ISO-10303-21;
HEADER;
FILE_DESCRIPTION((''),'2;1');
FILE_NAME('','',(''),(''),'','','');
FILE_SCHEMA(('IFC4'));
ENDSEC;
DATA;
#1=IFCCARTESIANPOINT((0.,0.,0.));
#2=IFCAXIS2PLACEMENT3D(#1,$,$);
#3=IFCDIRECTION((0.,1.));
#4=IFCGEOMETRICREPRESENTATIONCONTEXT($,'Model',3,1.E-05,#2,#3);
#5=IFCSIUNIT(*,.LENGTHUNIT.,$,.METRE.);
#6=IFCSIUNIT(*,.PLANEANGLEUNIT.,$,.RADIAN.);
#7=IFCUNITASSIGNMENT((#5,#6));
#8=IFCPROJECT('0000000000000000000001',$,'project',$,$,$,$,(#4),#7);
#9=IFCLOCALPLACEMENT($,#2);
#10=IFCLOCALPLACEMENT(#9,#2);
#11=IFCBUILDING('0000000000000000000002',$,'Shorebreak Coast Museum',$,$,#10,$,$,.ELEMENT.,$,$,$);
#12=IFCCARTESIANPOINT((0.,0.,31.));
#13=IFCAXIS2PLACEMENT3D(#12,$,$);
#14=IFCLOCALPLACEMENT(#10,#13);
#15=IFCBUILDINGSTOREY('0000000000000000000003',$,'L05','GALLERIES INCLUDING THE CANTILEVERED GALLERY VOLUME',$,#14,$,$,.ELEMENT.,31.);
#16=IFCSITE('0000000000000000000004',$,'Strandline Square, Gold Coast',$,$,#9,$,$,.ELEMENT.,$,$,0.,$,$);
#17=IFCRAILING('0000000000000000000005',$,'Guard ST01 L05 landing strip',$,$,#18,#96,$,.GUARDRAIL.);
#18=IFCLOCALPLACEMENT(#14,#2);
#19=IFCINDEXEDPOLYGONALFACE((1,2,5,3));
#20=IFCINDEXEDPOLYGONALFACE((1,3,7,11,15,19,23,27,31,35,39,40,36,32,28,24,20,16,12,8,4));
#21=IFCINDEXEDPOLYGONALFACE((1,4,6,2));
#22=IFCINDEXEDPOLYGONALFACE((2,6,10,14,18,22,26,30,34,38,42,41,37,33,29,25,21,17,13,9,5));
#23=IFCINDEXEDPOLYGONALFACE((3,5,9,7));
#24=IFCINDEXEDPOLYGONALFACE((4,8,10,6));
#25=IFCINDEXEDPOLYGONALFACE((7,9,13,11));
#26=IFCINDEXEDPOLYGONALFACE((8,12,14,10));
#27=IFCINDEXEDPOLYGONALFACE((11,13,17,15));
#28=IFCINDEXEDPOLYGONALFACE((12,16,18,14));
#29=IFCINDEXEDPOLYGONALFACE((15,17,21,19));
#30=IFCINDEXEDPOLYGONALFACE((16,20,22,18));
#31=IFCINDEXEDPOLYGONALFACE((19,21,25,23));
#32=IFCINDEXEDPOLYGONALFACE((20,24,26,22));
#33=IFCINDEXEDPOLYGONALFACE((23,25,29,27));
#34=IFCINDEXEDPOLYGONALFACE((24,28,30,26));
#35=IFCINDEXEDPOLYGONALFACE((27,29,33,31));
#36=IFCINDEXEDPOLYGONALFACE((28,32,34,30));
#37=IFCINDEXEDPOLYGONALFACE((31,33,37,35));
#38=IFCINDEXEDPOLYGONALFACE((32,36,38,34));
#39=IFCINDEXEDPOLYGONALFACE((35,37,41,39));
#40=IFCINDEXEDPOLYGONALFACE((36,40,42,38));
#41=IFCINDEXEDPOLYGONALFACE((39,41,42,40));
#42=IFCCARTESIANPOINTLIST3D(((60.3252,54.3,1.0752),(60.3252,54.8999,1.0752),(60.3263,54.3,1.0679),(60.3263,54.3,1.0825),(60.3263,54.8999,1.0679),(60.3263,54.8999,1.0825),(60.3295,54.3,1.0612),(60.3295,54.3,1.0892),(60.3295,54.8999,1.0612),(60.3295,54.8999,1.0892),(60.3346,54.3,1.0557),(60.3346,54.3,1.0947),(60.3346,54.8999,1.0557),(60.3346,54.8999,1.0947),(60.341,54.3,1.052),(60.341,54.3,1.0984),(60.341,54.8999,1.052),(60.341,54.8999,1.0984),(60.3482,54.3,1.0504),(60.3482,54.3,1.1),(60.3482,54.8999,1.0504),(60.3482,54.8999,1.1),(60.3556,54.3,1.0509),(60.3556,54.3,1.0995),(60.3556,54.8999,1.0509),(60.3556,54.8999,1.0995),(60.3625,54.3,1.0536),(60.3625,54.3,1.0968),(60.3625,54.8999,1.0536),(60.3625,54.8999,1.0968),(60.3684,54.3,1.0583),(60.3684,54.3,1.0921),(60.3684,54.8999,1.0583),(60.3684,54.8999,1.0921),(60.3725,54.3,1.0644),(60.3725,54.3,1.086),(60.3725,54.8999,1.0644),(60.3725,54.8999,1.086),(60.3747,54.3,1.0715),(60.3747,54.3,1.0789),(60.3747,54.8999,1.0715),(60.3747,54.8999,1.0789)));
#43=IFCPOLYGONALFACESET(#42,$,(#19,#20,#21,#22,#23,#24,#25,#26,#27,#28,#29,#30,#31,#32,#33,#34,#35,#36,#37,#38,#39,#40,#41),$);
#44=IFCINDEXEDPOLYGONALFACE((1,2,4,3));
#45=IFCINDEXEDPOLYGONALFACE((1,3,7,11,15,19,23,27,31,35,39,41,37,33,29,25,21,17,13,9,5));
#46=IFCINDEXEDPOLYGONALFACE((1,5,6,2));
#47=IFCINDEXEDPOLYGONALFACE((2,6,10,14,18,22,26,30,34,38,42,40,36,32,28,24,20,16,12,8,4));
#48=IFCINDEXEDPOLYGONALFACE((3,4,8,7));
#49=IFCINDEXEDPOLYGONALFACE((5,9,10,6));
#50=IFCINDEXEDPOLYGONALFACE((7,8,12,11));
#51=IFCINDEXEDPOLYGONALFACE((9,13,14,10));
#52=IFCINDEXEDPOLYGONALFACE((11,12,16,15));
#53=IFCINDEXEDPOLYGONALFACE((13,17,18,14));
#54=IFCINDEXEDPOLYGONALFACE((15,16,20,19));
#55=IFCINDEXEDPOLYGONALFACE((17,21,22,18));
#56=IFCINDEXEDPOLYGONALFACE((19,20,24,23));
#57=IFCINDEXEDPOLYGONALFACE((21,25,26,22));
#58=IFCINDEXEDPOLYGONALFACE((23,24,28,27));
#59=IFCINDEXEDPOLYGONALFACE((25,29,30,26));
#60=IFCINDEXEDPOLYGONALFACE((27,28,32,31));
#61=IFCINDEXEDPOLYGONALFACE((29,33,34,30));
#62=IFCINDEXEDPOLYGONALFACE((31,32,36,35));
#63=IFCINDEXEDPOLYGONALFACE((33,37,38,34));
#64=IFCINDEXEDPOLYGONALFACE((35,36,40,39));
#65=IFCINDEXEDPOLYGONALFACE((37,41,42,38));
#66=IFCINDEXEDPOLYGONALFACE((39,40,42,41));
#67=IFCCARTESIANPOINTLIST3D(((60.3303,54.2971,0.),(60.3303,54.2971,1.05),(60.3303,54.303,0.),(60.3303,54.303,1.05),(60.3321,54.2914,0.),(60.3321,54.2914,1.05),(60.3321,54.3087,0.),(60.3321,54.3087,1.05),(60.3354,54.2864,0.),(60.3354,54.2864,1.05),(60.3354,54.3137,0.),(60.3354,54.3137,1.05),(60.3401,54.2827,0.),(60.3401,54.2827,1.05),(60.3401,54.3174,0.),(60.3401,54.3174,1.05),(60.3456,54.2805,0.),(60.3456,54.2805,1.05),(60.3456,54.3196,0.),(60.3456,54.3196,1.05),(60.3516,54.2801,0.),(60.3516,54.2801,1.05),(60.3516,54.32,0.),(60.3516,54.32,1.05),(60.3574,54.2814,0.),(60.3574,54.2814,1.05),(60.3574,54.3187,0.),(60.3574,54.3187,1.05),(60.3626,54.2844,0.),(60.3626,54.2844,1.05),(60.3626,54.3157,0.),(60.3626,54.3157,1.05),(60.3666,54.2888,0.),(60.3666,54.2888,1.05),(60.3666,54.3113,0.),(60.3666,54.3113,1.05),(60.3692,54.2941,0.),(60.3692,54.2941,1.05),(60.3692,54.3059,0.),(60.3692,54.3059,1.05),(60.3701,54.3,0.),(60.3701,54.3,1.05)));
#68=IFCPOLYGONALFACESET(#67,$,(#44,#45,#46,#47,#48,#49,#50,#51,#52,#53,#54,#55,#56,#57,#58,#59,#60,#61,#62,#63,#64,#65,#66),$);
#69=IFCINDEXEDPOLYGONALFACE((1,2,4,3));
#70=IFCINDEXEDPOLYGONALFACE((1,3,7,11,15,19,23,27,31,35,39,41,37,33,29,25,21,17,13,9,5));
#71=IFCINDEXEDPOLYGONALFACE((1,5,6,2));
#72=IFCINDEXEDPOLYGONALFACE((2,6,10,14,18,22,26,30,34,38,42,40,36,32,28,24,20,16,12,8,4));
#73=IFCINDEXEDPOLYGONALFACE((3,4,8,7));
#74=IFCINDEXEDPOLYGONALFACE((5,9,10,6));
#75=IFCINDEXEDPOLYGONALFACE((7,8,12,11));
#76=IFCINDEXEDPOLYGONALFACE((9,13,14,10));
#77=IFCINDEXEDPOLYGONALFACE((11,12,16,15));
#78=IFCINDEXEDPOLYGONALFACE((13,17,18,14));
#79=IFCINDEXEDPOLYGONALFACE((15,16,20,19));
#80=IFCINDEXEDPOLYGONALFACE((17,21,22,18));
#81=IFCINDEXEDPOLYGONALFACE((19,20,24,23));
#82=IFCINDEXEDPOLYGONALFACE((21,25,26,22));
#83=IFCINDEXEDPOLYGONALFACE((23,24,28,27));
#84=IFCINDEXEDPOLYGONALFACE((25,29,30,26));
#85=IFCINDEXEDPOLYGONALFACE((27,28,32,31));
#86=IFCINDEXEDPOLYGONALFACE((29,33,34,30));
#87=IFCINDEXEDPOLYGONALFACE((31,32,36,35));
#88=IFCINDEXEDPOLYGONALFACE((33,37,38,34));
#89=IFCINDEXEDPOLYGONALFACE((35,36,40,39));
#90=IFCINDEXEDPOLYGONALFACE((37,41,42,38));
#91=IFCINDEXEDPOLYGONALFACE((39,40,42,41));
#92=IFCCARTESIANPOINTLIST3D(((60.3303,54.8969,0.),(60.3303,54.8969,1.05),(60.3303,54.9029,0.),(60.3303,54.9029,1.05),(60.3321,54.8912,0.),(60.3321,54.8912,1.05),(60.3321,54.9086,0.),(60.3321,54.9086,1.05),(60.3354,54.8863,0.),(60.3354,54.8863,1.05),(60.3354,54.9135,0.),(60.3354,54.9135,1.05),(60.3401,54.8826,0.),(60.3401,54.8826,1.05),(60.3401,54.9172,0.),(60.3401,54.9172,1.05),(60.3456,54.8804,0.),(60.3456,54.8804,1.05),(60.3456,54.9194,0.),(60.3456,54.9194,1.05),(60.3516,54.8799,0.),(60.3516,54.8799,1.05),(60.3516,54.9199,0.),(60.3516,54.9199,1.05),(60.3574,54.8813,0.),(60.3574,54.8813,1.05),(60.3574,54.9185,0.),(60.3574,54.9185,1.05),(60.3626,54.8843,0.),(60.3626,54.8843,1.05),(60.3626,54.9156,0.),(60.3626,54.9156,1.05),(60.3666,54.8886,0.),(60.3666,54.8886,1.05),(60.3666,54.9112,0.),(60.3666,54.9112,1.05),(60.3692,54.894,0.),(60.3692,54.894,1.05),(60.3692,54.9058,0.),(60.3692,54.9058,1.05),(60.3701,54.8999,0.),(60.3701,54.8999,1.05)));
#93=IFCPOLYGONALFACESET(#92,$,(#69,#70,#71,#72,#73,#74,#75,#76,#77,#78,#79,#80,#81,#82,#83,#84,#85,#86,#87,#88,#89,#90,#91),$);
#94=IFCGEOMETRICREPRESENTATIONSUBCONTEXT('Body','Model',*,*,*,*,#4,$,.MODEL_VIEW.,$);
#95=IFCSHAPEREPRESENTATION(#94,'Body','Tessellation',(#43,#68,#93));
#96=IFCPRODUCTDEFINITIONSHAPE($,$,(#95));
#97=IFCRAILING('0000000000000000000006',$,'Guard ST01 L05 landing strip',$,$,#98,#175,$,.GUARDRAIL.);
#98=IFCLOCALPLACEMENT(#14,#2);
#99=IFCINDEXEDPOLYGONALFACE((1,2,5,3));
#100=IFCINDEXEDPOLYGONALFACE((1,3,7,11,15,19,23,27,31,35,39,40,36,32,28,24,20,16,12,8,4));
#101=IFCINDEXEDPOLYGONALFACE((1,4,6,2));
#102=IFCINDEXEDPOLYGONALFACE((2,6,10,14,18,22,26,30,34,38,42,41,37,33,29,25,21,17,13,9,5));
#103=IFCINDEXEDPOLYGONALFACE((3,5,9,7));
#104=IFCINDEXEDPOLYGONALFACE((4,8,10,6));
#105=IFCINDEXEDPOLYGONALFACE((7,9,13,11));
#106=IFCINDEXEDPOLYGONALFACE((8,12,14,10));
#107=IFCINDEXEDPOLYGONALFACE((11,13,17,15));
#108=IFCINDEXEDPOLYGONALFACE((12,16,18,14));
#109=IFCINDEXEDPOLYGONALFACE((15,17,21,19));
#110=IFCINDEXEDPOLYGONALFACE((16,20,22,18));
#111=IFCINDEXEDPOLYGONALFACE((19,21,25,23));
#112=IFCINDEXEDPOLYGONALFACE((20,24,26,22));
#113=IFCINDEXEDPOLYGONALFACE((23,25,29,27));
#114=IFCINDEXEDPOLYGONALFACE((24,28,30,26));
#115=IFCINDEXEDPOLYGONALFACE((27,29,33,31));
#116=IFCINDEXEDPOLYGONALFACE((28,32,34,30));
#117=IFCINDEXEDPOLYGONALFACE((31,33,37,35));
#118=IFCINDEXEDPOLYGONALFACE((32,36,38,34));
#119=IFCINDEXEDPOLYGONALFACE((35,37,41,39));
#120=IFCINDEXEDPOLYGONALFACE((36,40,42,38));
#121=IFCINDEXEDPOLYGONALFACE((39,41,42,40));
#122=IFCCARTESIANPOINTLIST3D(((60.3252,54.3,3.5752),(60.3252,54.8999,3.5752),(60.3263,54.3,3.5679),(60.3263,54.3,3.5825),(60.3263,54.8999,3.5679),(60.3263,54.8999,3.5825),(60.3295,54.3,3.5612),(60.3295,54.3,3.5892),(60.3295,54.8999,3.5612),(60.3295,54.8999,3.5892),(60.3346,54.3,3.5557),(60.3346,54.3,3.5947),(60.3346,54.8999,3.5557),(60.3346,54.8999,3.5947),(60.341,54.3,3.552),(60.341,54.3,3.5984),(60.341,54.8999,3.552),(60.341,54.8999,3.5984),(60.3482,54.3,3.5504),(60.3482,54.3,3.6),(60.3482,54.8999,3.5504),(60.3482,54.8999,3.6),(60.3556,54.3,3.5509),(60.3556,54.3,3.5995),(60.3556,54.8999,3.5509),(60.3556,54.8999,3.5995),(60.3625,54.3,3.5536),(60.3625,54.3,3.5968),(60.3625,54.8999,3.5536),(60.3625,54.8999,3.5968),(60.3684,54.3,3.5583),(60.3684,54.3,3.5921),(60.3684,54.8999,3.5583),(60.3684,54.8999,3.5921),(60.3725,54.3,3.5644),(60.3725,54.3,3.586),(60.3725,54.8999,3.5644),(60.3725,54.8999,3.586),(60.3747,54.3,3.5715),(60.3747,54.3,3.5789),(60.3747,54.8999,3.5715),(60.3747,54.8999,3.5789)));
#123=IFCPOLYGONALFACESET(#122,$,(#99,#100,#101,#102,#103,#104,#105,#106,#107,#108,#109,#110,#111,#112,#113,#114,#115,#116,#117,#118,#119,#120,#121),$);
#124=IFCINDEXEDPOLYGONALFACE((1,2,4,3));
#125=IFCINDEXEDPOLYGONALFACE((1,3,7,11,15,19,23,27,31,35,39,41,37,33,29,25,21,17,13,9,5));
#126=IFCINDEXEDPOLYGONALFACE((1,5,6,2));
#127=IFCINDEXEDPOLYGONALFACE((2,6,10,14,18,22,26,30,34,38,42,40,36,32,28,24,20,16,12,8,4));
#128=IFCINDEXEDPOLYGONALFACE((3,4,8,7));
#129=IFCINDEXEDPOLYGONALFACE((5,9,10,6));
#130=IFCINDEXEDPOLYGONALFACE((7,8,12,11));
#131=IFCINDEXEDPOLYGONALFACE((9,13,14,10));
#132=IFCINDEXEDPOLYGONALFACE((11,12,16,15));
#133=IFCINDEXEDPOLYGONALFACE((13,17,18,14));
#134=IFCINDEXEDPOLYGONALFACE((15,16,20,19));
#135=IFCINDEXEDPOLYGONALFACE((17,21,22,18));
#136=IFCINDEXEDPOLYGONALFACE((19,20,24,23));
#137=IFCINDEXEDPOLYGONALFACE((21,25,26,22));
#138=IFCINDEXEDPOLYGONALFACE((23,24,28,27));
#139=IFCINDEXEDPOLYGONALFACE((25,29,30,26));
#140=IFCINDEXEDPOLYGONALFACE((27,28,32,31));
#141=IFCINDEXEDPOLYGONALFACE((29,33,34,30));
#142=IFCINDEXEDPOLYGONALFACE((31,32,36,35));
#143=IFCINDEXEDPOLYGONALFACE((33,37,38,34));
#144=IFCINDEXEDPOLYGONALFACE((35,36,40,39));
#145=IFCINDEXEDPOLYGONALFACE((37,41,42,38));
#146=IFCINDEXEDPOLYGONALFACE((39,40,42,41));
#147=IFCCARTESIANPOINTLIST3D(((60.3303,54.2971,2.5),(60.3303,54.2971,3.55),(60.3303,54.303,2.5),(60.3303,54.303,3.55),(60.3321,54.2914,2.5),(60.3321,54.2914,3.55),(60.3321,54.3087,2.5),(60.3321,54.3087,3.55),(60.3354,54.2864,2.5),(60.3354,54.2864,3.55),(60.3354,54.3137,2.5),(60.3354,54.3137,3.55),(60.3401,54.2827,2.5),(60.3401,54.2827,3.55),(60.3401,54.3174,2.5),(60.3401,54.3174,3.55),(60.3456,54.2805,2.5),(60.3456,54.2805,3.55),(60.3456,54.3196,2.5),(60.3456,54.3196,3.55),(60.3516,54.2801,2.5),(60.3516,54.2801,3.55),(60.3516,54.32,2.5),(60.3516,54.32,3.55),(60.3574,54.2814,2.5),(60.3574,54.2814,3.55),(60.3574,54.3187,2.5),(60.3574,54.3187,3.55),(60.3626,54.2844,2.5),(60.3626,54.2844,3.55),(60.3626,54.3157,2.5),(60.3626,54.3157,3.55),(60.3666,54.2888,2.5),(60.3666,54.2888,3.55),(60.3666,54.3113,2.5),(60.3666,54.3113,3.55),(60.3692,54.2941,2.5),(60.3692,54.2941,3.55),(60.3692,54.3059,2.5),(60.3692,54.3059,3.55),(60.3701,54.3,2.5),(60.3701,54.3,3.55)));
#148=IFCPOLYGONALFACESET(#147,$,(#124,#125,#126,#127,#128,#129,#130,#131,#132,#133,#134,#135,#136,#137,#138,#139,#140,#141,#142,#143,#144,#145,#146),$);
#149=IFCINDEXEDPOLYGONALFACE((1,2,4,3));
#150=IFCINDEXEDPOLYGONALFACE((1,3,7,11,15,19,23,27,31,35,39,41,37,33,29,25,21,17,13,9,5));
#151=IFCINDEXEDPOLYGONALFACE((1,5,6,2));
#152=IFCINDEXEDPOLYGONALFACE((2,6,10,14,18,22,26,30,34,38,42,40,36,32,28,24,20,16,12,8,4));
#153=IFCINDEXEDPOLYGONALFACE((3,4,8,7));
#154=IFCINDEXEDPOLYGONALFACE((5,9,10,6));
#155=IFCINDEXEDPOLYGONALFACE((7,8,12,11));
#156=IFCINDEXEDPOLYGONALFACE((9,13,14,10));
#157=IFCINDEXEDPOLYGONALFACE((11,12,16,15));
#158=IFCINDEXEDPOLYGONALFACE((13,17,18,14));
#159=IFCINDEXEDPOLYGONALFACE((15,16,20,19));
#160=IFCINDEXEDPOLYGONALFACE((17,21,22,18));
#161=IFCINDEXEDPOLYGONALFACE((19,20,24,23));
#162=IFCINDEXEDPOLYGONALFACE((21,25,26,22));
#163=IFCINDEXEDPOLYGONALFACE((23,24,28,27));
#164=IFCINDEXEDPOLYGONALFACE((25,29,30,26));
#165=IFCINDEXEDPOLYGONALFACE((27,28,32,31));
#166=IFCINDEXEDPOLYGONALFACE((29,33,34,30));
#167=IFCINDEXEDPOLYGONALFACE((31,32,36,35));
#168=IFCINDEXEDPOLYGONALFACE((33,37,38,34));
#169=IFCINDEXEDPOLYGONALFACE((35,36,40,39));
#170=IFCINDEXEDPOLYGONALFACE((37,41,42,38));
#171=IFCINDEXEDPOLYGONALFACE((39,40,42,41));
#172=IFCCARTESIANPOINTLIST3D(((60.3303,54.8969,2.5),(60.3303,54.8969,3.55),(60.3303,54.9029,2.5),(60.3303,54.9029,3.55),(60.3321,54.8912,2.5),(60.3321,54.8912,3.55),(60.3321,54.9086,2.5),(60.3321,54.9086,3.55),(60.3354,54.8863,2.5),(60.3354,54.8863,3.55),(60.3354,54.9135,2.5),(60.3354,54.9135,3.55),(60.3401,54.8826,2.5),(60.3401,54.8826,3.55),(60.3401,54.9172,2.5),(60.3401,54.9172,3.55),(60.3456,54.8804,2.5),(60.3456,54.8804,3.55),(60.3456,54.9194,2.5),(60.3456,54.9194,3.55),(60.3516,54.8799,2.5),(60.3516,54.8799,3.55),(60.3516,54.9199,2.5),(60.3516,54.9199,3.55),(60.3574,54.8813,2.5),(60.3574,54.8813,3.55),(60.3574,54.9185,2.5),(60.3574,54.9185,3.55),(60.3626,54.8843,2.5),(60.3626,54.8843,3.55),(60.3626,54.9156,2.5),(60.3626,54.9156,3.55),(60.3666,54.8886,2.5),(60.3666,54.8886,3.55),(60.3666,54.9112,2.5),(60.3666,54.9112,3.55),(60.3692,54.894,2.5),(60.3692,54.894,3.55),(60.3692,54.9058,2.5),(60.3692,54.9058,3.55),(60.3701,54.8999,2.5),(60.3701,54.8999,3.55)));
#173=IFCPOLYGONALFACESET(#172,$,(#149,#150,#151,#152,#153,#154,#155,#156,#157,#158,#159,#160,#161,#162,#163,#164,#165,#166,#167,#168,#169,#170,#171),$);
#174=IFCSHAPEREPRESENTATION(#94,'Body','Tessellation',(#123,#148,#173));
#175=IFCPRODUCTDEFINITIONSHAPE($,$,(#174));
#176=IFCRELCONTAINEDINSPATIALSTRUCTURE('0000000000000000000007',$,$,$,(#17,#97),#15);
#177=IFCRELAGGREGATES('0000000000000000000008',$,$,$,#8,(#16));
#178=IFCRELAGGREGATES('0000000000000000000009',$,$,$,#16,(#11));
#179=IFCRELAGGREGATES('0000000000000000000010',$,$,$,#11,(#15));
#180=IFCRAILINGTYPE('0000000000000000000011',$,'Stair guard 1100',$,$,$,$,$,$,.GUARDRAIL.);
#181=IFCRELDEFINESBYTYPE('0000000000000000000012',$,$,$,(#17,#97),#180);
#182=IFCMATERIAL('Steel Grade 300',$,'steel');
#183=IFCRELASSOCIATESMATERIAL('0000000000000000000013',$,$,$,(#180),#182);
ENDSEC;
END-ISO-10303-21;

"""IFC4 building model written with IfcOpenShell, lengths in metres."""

from ifc_helpers import new_model, si_unit, direction, frame, origin, origin_2d, place, context, subcontext, project, spatial, circle, extrude, material, type_object, element, save


model = new_model("IFC4")

# Units and contexts
model_context = context("Model", 3, precision=1e-05, world=origin(), true_north=direction((0.0, 1.0)))
body_context = subcontext(model_context, "Body", "Model", "MODEL_VIEW")
ifc_project = project(units=[si_unit("LENGTHUNIT", "METRE"), si_unit("PLANEANGLEUNIT", "RADIAN")], contexts=[model_context])

# Site, building, storey
site_placement = place(None, origin())
site = spatial("IfcSite", under=ifc_project, at=site_placement, Name="Strandline Square, Gold Coast", CompositionType="ELEMENT", RefElevation=0.0)
building_placement = place(site_placement, origin())
building = spatial("IfcBuilding", under=site, at=building_placement, Name="Shorebreak Coast Museum", CompositionType="ELEMENT")
storey_placement = place(building_placement, frame((0.0, 0.0, 31.0)))
storey = spatial("IfcBuildingStorey", under=building, at=storey_placement, Name="L05", Description="GALLERIES INCLUDING THE CANTILEVERED GALLERY VOLUME", CompositionType="ELEMENT", Elevation=31.0)

# Railings
ifc_material_1 = material(Name="Steel Grade 300", Category="steel")
railing_type = type_object("IfcRailingType", Name="Stair guard 1100", PredefinedType="GUARDRAIL", material=ifc_material_1)
for number, where, name in (
    (1, (60.3501, 54.3, 0.0), "Guard ST01 L05 landing strip"),
    (2, (60.3501, 54.3, 2.5), "Guard ST01 L05 landing strip"),
):
    element("IfcRailing", number, at=place(storey_placement, frame(where)), inside=storey, type_object=railing_type, Name=name, PredefinedType="GUARDRAIL", context=body_context, shape_type="SweptSolid", body=[
        extrude(circle(Radius=0.0249, at=origin_2d()), frame((0.0, 0.0, 1.0752), z_axis=(0.0, 1.0, 0.0), x_axis=(-1.0, 0.0, 0.0)), (0.0, 0.0, 1.0), 0.5999),
        extrude(circle(Radius=0.02, at=origin_2d()), origin(), (0.0, 0.0, 1.0), 1.05),
        extrude(circle(Radius=0.02, at=origin_2d()), frame((0.0, 0.5999, 0.0)), (0.0, 0.0, 1.0), 1.05),
    ])

save(model, "model.ifc")
